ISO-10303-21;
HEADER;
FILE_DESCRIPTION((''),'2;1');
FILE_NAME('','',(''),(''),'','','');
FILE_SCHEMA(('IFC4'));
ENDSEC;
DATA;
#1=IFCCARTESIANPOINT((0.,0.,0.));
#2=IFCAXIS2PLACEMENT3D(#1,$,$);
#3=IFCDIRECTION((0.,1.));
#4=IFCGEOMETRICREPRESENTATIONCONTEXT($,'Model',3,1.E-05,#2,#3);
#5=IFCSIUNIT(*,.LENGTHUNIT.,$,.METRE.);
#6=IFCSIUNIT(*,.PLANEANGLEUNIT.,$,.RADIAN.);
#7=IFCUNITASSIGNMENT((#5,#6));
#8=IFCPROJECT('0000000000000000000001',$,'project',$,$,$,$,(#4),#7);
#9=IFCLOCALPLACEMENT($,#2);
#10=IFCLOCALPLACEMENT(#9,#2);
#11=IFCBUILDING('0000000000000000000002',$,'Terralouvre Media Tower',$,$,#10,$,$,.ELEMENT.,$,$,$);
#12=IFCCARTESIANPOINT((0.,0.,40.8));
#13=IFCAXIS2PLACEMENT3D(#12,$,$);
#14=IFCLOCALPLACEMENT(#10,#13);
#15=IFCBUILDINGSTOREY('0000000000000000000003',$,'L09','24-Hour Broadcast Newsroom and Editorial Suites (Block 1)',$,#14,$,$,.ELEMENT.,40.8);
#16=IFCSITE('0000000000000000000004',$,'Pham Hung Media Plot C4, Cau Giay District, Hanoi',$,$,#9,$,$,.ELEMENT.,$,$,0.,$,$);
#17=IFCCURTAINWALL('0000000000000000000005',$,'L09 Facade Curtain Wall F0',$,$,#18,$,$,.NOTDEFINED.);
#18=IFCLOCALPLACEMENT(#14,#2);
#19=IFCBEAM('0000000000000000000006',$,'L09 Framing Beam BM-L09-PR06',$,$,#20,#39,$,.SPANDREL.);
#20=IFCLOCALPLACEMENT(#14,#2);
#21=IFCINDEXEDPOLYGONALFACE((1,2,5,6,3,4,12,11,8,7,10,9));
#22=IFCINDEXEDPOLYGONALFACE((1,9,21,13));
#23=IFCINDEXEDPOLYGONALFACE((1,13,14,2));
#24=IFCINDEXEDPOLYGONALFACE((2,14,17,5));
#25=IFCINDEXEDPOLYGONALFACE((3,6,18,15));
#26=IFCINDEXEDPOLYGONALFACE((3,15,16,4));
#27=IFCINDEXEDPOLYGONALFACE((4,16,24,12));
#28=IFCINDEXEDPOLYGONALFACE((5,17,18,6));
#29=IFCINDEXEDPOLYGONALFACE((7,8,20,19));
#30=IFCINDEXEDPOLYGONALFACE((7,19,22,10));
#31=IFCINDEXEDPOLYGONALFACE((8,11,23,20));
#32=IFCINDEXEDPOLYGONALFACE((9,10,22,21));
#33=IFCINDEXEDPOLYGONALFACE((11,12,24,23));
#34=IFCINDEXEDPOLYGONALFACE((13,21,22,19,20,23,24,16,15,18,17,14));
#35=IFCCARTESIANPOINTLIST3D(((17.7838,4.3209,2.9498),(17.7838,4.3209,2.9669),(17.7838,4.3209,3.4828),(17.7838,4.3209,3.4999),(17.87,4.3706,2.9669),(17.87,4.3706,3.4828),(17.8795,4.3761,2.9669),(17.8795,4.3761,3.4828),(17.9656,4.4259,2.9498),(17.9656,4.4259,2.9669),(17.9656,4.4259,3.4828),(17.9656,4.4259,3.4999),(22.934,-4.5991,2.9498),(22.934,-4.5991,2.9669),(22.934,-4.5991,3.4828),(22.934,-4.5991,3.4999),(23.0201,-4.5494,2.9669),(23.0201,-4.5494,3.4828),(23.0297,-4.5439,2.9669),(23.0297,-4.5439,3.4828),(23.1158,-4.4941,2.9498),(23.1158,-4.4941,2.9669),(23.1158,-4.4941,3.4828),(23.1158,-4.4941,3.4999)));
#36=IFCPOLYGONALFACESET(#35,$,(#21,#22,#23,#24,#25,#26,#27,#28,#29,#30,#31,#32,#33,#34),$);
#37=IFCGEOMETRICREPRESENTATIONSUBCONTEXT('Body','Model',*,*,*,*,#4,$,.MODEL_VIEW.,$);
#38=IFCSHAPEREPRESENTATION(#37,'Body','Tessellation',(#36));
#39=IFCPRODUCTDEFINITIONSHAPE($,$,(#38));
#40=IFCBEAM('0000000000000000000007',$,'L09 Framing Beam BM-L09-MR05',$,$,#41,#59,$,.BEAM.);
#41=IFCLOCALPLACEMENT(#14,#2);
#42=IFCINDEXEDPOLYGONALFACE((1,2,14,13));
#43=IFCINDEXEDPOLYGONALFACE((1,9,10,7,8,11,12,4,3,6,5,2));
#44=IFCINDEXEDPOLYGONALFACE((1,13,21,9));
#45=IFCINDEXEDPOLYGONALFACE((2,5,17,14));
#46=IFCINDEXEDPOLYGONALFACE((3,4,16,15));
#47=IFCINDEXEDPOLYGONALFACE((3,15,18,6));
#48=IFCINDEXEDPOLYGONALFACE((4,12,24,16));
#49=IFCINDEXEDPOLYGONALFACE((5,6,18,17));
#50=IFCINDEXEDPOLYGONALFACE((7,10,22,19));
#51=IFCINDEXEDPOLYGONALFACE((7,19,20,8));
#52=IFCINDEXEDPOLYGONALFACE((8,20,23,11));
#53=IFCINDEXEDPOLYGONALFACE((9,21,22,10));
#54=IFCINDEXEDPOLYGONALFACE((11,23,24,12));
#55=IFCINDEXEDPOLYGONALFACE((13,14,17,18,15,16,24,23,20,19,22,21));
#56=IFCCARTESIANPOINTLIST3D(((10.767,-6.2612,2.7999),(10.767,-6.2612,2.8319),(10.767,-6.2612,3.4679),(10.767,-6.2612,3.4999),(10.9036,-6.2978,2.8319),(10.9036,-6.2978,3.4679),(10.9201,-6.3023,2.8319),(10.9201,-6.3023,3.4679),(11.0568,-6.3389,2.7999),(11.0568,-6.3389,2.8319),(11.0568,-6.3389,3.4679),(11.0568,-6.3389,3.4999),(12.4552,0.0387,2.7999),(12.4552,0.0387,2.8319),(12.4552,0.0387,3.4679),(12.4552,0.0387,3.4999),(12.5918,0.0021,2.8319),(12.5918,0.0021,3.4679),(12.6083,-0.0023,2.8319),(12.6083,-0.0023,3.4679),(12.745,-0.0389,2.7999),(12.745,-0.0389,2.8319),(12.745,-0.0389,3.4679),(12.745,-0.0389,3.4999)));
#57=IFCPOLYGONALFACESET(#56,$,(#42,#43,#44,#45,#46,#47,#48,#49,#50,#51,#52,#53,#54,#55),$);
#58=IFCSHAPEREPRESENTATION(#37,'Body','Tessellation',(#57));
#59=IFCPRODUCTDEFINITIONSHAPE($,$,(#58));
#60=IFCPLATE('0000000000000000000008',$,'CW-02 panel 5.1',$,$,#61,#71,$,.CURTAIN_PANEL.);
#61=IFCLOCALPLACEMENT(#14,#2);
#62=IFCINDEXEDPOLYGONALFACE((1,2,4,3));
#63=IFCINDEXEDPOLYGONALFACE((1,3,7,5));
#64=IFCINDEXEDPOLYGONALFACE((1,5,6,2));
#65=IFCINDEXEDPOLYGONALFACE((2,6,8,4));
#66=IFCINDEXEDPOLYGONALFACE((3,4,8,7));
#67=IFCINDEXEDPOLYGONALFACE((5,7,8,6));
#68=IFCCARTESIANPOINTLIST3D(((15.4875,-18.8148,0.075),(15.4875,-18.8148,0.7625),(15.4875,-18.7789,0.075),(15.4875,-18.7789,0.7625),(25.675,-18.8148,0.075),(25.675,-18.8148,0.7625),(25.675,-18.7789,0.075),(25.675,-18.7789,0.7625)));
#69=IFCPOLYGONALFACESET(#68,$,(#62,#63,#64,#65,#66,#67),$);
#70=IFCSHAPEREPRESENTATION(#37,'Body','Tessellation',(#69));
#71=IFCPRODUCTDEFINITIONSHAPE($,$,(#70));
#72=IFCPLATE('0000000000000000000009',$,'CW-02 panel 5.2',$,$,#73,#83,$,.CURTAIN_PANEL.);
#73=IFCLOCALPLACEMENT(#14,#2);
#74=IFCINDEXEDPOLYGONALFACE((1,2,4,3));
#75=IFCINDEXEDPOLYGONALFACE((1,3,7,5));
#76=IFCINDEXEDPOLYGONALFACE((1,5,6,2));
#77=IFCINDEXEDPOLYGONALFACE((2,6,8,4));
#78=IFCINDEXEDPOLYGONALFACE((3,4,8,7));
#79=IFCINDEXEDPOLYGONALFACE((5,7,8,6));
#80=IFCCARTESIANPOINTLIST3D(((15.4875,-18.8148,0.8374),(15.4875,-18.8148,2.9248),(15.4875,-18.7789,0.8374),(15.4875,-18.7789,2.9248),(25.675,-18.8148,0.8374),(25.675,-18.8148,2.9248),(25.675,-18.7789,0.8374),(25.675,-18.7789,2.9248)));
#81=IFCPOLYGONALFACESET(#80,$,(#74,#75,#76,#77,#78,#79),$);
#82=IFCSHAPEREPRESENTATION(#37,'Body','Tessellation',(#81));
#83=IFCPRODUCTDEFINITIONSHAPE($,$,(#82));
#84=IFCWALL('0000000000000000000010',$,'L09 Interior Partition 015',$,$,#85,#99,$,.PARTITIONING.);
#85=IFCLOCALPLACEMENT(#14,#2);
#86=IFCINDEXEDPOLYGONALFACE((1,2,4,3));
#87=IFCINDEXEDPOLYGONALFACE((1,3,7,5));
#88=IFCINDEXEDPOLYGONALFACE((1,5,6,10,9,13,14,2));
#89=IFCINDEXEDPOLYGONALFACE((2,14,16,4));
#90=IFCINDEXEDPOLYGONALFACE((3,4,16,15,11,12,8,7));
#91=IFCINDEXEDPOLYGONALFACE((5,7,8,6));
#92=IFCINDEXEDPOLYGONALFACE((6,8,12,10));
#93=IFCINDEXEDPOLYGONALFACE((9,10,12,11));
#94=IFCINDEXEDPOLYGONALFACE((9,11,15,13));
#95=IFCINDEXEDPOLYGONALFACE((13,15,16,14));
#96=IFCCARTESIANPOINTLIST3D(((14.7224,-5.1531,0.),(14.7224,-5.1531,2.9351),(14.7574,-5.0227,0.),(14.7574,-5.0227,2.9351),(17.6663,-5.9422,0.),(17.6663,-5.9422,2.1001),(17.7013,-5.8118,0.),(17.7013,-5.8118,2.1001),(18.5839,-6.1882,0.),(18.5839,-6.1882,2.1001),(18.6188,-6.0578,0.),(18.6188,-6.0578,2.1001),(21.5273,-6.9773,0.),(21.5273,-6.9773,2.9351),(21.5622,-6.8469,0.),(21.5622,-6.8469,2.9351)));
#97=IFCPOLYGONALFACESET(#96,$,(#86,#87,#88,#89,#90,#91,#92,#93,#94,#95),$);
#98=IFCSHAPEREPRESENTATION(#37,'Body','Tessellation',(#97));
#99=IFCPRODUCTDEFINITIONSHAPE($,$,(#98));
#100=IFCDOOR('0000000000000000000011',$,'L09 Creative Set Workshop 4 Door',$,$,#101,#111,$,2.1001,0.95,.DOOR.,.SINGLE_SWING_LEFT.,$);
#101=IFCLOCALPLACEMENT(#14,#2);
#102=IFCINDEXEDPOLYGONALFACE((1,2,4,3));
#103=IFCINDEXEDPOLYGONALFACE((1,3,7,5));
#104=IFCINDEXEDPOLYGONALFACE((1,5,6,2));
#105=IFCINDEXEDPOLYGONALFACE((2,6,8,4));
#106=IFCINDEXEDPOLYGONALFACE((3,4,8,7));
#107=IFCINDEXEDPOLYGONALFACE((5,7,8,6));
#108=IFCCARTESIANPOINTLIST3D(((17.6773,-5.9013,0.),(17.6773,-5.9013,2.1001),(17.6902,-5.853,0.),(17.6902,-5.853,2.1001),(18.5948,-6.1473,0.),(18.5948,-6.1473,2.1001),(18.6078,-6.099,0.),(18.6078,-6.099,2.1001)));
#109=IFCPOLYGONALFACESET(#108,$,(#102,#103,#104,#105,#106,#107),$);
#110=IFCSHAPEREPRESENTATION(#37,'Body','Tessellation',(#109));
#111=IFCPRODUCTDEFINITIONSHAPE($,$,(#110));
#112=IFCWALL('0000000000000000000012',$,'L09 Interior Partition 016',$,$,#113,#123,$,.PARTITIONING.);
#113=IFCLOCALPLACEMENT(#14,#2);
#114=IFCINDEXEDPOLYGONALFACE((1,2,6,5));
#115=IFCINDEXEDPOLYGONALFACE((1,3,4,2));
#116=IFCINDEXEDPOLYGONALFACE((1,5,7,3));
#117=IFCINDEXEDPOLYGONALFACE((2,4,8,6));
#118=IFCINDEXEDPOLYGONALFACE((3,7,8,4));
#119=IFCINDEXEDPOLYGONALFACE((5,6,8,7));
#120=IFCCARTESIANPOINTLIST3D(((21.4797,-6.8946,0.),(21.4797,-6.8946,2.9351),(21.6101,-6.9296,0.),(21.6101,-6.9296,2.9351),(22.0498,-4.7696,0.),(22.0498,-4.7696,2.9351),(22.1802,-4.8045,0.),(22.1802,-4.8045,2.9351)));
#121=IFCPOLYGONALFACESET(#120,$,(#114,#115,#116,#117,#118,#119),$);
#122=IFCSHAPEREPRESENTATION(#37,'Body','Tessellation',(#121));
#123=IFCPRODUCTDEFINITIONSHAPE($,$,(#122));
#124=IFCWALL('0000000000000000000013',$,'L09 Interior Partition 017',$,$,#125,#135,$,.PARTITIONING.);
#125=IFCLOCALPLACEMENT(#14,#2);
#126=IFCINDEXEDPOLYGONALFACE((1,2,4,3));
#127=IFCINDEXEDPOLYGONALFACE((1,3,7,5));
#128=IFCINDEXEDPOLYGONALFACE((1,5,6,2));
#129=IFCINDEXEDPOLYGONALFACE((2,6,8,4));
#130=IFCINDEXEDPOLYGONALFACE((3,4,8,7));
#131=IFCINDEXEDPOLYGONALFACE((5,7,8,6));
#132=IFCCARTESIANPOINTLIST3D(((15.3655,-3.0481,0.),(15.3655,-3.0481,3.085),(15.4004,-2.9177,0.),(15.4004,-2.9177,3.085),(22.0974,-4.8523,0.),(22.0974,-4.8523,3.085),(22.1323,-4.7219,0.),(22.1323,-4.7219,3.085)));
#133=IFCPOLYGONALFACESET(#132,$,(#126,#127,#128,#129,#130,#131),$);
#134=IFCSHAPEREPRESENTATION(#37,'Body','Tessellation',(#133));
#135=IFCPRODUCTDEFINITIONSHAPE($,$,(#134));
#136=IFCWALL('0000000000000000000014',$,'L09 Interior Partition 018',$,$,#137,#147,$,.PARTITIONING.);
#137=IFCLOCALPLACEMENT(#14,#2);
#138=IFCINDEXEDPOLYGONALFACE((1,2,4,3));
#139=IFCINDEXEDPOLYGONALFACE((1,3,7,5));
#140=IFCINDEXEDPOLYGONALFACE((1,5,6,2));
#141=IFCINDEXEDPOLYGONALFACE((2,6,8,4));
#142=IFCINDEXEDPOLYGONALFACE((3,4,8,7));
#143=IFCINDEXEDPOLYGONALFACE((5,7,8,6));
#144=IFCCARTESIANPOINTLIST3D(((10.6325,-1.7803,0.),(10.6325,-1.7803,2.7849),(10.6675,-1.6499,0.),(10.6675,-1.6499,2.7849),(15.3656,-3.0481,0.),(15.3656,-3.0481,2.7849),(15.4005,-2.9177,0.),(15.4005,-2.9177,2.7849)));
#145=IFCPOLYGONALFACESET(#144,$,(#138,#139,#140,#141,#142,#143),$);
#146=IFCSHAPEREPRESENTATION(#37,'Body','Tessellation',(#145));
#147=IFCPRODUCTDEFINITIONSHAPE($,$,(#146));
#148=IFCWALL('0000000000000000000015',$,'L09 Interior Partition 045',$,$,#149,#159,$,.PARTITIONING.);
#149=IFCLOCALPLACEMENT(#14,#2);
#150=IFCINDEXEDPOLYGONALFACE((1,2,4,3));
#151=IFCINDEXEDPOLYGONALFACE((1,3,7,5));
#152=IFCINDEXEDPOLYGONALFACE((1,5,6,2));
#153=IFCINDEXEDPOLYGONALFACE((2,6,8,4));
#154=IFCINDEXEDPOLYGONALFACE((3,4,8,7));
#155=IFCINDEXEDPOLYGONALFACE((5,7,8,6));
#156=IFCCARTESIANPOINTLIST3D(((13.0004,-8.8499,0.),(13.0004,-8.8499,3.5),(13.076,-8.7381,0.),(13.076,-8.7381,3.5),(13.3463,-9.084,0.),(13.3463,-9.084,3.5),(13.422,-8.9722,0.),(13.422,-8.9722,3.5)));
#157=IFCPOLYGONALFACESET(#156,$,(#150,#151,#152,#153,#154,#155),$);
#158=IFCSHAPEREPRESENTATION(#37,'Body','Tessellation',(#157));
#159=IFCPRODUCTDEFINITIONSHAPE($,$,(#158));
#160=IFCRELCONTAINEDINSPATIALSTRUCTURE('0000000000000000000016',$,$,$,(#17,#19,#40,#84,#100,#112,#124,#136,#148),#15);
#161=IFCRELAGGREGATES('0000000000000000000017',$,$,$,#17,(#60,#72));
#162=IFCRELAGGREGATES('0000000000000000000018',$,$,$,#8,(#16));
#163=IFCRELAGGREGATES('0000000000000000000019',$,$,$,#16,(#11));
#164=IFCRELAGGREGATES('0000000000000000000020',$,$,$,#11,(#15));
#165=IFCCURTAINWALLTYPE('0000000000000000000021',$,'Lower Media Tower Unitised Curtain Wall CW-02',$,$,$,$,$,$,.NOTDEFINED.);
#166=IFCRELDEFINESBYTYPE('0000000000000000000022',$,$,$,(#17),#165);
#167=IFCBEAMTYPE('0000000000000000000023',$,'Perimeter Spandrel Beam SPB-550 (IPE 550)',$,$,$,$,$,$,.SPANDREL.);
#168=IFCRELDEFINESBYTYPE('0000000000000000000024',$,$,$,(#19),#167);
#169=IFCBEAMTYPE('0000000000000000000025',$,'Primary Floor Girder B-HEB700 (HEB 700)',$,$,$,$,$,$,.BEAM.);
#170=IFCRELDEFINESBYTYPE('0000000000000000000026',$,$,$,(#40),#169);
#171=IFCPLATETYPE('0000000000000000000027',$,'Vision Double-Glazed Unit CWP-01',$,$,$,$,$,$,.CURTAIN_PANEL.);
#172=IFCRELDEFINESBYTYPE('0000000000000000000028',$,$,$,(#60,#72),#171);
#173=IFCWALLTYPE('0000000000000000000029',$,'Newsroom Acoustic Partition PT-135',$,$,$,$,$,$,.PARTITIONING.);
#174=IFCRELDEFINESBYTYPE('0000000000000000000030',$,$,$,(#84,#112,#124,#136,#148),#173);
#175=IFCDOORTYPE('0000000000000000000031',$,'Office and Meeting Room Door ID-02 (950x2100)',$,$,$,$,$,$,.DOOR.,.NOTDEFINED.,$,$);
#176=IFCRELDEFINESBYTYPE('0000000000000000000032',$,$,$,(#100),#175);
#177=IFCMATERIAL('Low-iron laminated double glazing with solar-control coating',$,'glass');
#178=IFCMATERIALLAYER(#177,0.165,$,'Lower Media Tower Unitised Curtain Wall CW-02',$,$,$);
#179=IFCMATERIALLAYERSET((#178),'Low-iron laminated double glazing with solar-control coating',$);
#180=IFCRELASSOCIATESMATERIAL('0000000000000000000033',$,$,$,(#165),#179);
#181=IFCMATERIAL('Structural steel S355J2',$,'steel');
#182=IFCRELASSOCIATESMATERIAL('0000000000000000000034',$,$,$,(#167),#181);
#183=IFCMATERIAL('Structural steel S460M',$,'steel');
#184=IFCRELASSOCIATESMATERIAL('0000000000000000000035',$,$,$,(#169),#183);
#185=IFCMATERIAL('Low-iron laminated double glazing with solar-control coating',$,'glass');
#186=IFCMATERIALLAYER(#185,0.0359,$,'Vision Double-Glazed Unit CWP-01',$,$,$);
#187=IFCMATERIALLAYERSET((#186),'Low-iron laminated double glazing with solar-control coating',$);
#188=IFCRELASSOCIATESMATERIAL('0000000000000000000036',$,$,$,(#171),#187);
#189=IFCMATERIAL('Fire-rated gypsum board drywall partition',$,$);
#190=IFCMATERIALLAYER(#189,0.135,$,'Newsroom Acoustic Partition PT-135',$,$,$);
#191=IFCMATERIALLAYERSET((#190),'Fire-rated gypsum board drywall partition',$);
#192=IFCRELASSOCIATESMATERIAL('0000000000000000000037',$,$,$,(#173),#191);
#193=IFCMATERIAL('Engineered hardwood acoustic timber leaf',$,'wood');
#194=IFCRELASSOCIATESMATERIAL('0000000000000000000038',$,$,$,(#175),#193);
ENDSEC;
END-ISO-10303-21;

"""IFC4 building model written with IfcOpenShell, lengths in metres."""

from ifc_helpers import new_model, si_unit, direction, frame, frame_2d, origin, origin_2d, place, context, subcontext, project, spatial, rectangle, i_section, extrude, material, layer, layer_set, material_profile, profile_set, type_object, element, fill, aggregate, save


model = new_model("IFC4")

# Units and contexts
model_context = context("Model", 3, precision=1e-05, world=origin(), true_north=direction((0.0, 1.0)))
body_context = subcontext(model_context, "Body", "Model", "MODEL_VIEW")
ifc_project = project(units=[si_unit("LENGTHUNIT", "METRE"), si_unit("PLANEANGLEUNIT", "RADIAN")], contexts=[model_context])

# Site, building, storey
site_placement = place(None, origin())
site = spatial("IfcSite", under=ifc_project, at=site_placement, Name="Pham Hung Media Plot C4, Cau Giay District, Hanoi", CompositionType="ELEMENT", RefElevation=0.0)
building_placement = place(site_placement, origin())
building = spatial("IfcBuilding", under=site, at=building_placement, Name="Terralouvre Media Tower", CompositionType="ELEMENT")
storey_placement = place(building_placement, frame((0.0, 0.0, 40.8)))
storey = spatial("IfcBuildingStorey", under=building, at=storey_placement, Name="L09", Description="24-Hour Broadcast Newsroom and Editorial Suites (Block 1)", CompositionType="ELEMENT", Elevation=40.8)

# Curtain wall
ifc_material_1 = material(Name="Low-iron laminated double glazing with solar-control coating", Category="glass")
ifc_layer_1 = layer(ifc_material_1, 0.165, Name="Lower Media Tower Unitised Curtain Wall CW-02")
ifc_layer_set_1 = layer_set([ifc_layer_1], Name="Low-iron laminated double glazing with solar-control coating")
curtain_wall_type = type_object("IfcCurtainWallType", Name="Lower Media Tower Unitised Curtain Wall CW-02", PredefinedType="NOTDEFINED", material=ifc_layer_set_1)
curtain_wall_1_placement = place(storey_placement, origin())
curtain_wall_1 = element("IfcCurtainWall", 1, at=curtain_wall_1_placement, inside=storey, type_object=curtain_wall_type, Name="L09 Facade Curtain Wall F0", PredefinedType="NOTDEFINED")

# Beams
ifc_material_2 = material(Name="Structural steel S355J2", Category="steel")
ifc_material_profile_1 = material_profile(ifc_material_2, i_section(OverallWidth=0.21, OverallDepth=0.55, WebThickness=0.011, FlangeThickness=0.0171, at=origin_2d()), Name="IPE 550")
ifc_profile_set_1 = profile_set([ifc_material_profile_1], Name="Structural steel S355J2")
beam_type_1 = type_object("IfcBeamType", Name="Perimeter Spandrel Beam SPB-550 (IPE 550)", PredefinedType="SPANDREL", material=ifc_profile_set_1)
beam_1_placement = place(storey_placement, frame((23.0249, -4.5466, 3.2249), z_axis=(-0.500017, 0.866016, 0.0), x_axis=(-0.866016, -0.500017, 0.0)))
element("IfcBeam", 2, at=beam_1_placement, inside=storey, type_object=beam_type_1, Name="L09 Framing Beam BM-L09-PR06", PredefinedType="SPANDREL", context=body_context, shape_type="SweptSolid", body=[
    extrude(i_section(OverallWidth=0.21, OverallDepth=0.55, WebThickness=0.011, FlangeThickness=0.0171, at=origin_2d()), origin(), (0.0, 0.0, 1.0), 10.3),
])
ifc_material_3 = material(Name="Structural steel S460M", Category="steel")
ifc_material_profile_2 = material_profile(ifc_material_3, i_section(OverallWidth=0.3, OverallDepth=0.7, WebThickness=0.0171, FlangeThickness=0.032, at=origin_2d()), Name="HEB 700")
ifc_profile_set_2 = profile_set([ifc_material_profile_2], Name="Structural steel S460M")
beam_type_2 = type_object("IfcBeamType", Name="Primary Floor Girder B-HEB700 (HEB 700)", PredefinedType="BEAM", material=ifc_profile_set_2)
beam_2_placement = place(storey_placement, frame((10.9119, -6.3, 3.1499), z_axis=(0.258839, 0.96592, 0.0), x_axis=(-0.96592, 0.258839, 0.0)))
element("IfcBeam", 3, at=beam_2_placement, inside=storey, type_object=beam_type_2, Name="L09 Framing Beam BM-L09-MR05", PredefinedType="BEAM", context=body_context, shape_type="SweptSolid", body=[
    extrude(i_section(OverallWidth=0.3, OverallDepth=0.7, WebThickness=0.0171, FlangeThickness=0.032, at=origin_2d()), origin(), (0.0, 0.0, 1.0), 6.5222),
])

# Plates
ifc_material_4 = material(Name="Low-iron laminated double glazing with solar-control coating", Category="glass")
ifc_layer_2 = layer(ifc_material_4, 0.0359, Name="Vision Double-Glazed Unit CWP-01")
ifc_layer_set_2 = layer_set([ifc_layer_2], Name="Low-iron laminated double glazing with solar-control coating")
plate_type = type_object("IfcPlateType", Name="Vision Double-Glazed Unit CWP-01", PredefinedType="CURTAIN_PANEL", material=ifc_layer_set_2)
plate_1_placement = place(storey_placement, frame((20.5813, -18.7969, 0.075), z_axis=(0.0, 0.0, 1.0), x_axis=(1.0, 0.0, 0.0)))
plate_1 = element("IfcPlate", 4, at=plate_1_placement, type_object=plate_type, Name="CW-02 panel 5.1", PredefinedType="CURTAIN_PANEL", context=body_context, shape_type="SweptSolid", body=[
    extrude(rectangle(XDim=10.1875, YDim=0.0359, at=origin_2d()), origin(), (0.0, 0.0, 1.0), 0.6875),
])
plate_2_placement = place(storey_placement, frame((20.5813, -18.7969, 0.8374), z_axis=(0.0, 0.0, 1.0), x_axis=(1.0, 0.0, 0.0)))
plate_2 = element("IfcPlate", 5, at=plate_2_placement, type_object=plate_type, Name="CW-02 panel 5.2", PredefinedType="CURTAIN_PANEL", context=body_context, shape_type="SweptSolid", body=[
    extrude(rectangle(XDim=10.1875, YDim=0.0359, at=origin_2d()), origin(), (0.0, 0.0, 1.0), 2.0874),
])
aggregate(curtain_wall_1, [plate_1, plate_2])

# Wall, opening, door
ifc_material_5 = material(Name="Fire-rated gypsum board drywall partition")
ifc_layer_3 = layer(ifc_material_5, 0.135, Name="Newsroom Acoustic Partition PT-135")
ifc_layer_set_3 = layer_set([ifc_layer_3], Name="Fire-rated gypsum board drywall partition")
wall_type_1 = type_object("IfcWallType", Name="Newsroom Acoustic Partition PT-135", PredefinedType="PARTITIONING", material=ifc_layer_set_3)
wall_1_placement = place(storey_placement, frame((14.74, -5.0879, 0.0), z_axis=(0.0, 0.0, 1.0), x_axis=(0.965896, -0.258931, 0.0)))
wall_1 = element("IfcWall", 6, at=wall_1_placement, inside=storey, type_object=wall_type_1, Name="L09 Interior Partition 015", PredefinedType="PARTITIONING", context=body_context, shape_type="SweptSolid", body=[
    extrude(rectangle(XDim=7.0452, YDim=0.135, at=frame_2d((3.5225, 0.0))), origin(), (0.0, 0.0, 1.0), 2.9351),
])
opening_1_placement = place(wall_1_placement, frame((3.0476, 0.0, 0.0)))
opening_1 = element("IfcOpeningElement", 7, at=opening_1_placement, cuts=wall_1, PredefinedType="OPENING", context=body_context, shape_type="SweptSolid", body=[
    extrude(rectangle(XDim=0.95, YDim=2.1001, at=frame_2d((0.4751, 1.05))), frame((0.0, 0.0774, 0.0), z_axis=(0.0, -1.0, 0.0), x_axis=(1.0, 0.0, 0.0)), (0.0, 0.0, 1.0), 0.155),
])
ifc_material_6 = material(Name="Engineered hardwood acoustic timber leaf", Category="wood")
door_type_1 = type_object("IfcDoorType", Name="Office and Meeting Room Door ID-02 (950x2100)", OperationType="NOTDEFINED", PredefinedType="DOOR", material=ifc_material_6)
door_1_placement = place(opening_1_placement, origin())
door_1 = element("IfcDoor", 8, at=door_1_placement, inside=storey, type_object=door_type_1, Name="L09 Creative Set Workshop 4 Door", OperationType="SINGLE_SWING_LEFT", OverallHeight=2.1001, OverallWidth=0.95, PredefinedType="DOOR", context=body_context, shape_type="SweptSolid", body=[
    extrude(rectangle(XDim=0.95, YDim=2.1001, at=frame_2d((0.4751, 1.05))), frame((0.0, 0.0249, 0.0), z_axis=(0.0, -1.0, 0.0), x_axis=(1.0, 0.0, 0.0)), (0.0, 0.0, 1.0), 0.05),
])
fill(opening_1, door_1)

# Walls
wall_2_placement = place(storey_placement, frame((21.5449, -6.9121, 0.0), z_axis=(0.0, 0.0, 1.0), x_axis=(0.259106, 0.965849, 0.0)))
element("IfcWall", 9, at=wall_2_placement, inside=storey, type_object=wall_type_1, Name="L09 Interior Partition 016", PredefinedType="PARTITIONING", context=body_context, shape_type="SweptSolid", body=[
    extrude(rectangle(XDim=2.2002, YDim=0.135, at=frame_2d((1.1001, 0.0))), origin(), (0.0, 0.0, 1.0), 2.9351),
])
wall_3_placement = place(storey_placement, frame((22.115, -4.7871, 0.0), z_axis=(0.0, 0.0, 1.0), x_axis=(-0.965912, 0.25887, 0.0)))
element("IfcWall", 10, at=wall_3_placement, inside=storey, type_object=wall_type_1, Name="L09 Interior Partition 017", PredefinedType="PARTITIONING", context=body_context, shape_type="SweptSolid", body=[
    extrude(rectangle(XDim=6.9695, YDim=0.135, at=frame_2d((3.4849, 0.0))), origin(), (0.0, 0.0, 1.0), 3.085),
])
wall_4_placement = place(storey_placement, frame((15.3831, -2.9829, 0.0), z_axis=(0.0, 0.0, 1.0), x_axis=(-0.965947, 0.258739, 0.0)))
element("IfcWall", 11, at=wall_4_placement, inside=storey, type_object=wall_type_1, Name="L09 Interior Partition 018", PredefinedType="PARTITIONING", context=body_context, shape_type="SweptSolid", body=[
    extrude(rectangle(XDim=4.8999, YDim=0.135, at=frame_2d((2.45, 0.0))), origin(), (0.0, 0.0, 1.0), 2.7849),
])
wall_5_placement = place(storey_placement, frame((13.0381, -8.7939, 0.0), z_axis=(0.0, 0.0, 1.0), x_axis=(0.828164, -0.560486, 0.0)))
element("IfcWall", 12, at=wall_5_placement, inside=storey, type_object=wall_type_1, Name="L09 Interior Partition 045", PredefinedType="PARTITIONING", context=body_context, shape_type="SweptSolid", body=[
    extrude(rectangle(XDim=0.4177, YDim=0.135, at=frame_2d((0.209, 0.0))), origin(), (0.0, 0.0, 1.0), 3.5),
])

save(model, "model.ifc")
